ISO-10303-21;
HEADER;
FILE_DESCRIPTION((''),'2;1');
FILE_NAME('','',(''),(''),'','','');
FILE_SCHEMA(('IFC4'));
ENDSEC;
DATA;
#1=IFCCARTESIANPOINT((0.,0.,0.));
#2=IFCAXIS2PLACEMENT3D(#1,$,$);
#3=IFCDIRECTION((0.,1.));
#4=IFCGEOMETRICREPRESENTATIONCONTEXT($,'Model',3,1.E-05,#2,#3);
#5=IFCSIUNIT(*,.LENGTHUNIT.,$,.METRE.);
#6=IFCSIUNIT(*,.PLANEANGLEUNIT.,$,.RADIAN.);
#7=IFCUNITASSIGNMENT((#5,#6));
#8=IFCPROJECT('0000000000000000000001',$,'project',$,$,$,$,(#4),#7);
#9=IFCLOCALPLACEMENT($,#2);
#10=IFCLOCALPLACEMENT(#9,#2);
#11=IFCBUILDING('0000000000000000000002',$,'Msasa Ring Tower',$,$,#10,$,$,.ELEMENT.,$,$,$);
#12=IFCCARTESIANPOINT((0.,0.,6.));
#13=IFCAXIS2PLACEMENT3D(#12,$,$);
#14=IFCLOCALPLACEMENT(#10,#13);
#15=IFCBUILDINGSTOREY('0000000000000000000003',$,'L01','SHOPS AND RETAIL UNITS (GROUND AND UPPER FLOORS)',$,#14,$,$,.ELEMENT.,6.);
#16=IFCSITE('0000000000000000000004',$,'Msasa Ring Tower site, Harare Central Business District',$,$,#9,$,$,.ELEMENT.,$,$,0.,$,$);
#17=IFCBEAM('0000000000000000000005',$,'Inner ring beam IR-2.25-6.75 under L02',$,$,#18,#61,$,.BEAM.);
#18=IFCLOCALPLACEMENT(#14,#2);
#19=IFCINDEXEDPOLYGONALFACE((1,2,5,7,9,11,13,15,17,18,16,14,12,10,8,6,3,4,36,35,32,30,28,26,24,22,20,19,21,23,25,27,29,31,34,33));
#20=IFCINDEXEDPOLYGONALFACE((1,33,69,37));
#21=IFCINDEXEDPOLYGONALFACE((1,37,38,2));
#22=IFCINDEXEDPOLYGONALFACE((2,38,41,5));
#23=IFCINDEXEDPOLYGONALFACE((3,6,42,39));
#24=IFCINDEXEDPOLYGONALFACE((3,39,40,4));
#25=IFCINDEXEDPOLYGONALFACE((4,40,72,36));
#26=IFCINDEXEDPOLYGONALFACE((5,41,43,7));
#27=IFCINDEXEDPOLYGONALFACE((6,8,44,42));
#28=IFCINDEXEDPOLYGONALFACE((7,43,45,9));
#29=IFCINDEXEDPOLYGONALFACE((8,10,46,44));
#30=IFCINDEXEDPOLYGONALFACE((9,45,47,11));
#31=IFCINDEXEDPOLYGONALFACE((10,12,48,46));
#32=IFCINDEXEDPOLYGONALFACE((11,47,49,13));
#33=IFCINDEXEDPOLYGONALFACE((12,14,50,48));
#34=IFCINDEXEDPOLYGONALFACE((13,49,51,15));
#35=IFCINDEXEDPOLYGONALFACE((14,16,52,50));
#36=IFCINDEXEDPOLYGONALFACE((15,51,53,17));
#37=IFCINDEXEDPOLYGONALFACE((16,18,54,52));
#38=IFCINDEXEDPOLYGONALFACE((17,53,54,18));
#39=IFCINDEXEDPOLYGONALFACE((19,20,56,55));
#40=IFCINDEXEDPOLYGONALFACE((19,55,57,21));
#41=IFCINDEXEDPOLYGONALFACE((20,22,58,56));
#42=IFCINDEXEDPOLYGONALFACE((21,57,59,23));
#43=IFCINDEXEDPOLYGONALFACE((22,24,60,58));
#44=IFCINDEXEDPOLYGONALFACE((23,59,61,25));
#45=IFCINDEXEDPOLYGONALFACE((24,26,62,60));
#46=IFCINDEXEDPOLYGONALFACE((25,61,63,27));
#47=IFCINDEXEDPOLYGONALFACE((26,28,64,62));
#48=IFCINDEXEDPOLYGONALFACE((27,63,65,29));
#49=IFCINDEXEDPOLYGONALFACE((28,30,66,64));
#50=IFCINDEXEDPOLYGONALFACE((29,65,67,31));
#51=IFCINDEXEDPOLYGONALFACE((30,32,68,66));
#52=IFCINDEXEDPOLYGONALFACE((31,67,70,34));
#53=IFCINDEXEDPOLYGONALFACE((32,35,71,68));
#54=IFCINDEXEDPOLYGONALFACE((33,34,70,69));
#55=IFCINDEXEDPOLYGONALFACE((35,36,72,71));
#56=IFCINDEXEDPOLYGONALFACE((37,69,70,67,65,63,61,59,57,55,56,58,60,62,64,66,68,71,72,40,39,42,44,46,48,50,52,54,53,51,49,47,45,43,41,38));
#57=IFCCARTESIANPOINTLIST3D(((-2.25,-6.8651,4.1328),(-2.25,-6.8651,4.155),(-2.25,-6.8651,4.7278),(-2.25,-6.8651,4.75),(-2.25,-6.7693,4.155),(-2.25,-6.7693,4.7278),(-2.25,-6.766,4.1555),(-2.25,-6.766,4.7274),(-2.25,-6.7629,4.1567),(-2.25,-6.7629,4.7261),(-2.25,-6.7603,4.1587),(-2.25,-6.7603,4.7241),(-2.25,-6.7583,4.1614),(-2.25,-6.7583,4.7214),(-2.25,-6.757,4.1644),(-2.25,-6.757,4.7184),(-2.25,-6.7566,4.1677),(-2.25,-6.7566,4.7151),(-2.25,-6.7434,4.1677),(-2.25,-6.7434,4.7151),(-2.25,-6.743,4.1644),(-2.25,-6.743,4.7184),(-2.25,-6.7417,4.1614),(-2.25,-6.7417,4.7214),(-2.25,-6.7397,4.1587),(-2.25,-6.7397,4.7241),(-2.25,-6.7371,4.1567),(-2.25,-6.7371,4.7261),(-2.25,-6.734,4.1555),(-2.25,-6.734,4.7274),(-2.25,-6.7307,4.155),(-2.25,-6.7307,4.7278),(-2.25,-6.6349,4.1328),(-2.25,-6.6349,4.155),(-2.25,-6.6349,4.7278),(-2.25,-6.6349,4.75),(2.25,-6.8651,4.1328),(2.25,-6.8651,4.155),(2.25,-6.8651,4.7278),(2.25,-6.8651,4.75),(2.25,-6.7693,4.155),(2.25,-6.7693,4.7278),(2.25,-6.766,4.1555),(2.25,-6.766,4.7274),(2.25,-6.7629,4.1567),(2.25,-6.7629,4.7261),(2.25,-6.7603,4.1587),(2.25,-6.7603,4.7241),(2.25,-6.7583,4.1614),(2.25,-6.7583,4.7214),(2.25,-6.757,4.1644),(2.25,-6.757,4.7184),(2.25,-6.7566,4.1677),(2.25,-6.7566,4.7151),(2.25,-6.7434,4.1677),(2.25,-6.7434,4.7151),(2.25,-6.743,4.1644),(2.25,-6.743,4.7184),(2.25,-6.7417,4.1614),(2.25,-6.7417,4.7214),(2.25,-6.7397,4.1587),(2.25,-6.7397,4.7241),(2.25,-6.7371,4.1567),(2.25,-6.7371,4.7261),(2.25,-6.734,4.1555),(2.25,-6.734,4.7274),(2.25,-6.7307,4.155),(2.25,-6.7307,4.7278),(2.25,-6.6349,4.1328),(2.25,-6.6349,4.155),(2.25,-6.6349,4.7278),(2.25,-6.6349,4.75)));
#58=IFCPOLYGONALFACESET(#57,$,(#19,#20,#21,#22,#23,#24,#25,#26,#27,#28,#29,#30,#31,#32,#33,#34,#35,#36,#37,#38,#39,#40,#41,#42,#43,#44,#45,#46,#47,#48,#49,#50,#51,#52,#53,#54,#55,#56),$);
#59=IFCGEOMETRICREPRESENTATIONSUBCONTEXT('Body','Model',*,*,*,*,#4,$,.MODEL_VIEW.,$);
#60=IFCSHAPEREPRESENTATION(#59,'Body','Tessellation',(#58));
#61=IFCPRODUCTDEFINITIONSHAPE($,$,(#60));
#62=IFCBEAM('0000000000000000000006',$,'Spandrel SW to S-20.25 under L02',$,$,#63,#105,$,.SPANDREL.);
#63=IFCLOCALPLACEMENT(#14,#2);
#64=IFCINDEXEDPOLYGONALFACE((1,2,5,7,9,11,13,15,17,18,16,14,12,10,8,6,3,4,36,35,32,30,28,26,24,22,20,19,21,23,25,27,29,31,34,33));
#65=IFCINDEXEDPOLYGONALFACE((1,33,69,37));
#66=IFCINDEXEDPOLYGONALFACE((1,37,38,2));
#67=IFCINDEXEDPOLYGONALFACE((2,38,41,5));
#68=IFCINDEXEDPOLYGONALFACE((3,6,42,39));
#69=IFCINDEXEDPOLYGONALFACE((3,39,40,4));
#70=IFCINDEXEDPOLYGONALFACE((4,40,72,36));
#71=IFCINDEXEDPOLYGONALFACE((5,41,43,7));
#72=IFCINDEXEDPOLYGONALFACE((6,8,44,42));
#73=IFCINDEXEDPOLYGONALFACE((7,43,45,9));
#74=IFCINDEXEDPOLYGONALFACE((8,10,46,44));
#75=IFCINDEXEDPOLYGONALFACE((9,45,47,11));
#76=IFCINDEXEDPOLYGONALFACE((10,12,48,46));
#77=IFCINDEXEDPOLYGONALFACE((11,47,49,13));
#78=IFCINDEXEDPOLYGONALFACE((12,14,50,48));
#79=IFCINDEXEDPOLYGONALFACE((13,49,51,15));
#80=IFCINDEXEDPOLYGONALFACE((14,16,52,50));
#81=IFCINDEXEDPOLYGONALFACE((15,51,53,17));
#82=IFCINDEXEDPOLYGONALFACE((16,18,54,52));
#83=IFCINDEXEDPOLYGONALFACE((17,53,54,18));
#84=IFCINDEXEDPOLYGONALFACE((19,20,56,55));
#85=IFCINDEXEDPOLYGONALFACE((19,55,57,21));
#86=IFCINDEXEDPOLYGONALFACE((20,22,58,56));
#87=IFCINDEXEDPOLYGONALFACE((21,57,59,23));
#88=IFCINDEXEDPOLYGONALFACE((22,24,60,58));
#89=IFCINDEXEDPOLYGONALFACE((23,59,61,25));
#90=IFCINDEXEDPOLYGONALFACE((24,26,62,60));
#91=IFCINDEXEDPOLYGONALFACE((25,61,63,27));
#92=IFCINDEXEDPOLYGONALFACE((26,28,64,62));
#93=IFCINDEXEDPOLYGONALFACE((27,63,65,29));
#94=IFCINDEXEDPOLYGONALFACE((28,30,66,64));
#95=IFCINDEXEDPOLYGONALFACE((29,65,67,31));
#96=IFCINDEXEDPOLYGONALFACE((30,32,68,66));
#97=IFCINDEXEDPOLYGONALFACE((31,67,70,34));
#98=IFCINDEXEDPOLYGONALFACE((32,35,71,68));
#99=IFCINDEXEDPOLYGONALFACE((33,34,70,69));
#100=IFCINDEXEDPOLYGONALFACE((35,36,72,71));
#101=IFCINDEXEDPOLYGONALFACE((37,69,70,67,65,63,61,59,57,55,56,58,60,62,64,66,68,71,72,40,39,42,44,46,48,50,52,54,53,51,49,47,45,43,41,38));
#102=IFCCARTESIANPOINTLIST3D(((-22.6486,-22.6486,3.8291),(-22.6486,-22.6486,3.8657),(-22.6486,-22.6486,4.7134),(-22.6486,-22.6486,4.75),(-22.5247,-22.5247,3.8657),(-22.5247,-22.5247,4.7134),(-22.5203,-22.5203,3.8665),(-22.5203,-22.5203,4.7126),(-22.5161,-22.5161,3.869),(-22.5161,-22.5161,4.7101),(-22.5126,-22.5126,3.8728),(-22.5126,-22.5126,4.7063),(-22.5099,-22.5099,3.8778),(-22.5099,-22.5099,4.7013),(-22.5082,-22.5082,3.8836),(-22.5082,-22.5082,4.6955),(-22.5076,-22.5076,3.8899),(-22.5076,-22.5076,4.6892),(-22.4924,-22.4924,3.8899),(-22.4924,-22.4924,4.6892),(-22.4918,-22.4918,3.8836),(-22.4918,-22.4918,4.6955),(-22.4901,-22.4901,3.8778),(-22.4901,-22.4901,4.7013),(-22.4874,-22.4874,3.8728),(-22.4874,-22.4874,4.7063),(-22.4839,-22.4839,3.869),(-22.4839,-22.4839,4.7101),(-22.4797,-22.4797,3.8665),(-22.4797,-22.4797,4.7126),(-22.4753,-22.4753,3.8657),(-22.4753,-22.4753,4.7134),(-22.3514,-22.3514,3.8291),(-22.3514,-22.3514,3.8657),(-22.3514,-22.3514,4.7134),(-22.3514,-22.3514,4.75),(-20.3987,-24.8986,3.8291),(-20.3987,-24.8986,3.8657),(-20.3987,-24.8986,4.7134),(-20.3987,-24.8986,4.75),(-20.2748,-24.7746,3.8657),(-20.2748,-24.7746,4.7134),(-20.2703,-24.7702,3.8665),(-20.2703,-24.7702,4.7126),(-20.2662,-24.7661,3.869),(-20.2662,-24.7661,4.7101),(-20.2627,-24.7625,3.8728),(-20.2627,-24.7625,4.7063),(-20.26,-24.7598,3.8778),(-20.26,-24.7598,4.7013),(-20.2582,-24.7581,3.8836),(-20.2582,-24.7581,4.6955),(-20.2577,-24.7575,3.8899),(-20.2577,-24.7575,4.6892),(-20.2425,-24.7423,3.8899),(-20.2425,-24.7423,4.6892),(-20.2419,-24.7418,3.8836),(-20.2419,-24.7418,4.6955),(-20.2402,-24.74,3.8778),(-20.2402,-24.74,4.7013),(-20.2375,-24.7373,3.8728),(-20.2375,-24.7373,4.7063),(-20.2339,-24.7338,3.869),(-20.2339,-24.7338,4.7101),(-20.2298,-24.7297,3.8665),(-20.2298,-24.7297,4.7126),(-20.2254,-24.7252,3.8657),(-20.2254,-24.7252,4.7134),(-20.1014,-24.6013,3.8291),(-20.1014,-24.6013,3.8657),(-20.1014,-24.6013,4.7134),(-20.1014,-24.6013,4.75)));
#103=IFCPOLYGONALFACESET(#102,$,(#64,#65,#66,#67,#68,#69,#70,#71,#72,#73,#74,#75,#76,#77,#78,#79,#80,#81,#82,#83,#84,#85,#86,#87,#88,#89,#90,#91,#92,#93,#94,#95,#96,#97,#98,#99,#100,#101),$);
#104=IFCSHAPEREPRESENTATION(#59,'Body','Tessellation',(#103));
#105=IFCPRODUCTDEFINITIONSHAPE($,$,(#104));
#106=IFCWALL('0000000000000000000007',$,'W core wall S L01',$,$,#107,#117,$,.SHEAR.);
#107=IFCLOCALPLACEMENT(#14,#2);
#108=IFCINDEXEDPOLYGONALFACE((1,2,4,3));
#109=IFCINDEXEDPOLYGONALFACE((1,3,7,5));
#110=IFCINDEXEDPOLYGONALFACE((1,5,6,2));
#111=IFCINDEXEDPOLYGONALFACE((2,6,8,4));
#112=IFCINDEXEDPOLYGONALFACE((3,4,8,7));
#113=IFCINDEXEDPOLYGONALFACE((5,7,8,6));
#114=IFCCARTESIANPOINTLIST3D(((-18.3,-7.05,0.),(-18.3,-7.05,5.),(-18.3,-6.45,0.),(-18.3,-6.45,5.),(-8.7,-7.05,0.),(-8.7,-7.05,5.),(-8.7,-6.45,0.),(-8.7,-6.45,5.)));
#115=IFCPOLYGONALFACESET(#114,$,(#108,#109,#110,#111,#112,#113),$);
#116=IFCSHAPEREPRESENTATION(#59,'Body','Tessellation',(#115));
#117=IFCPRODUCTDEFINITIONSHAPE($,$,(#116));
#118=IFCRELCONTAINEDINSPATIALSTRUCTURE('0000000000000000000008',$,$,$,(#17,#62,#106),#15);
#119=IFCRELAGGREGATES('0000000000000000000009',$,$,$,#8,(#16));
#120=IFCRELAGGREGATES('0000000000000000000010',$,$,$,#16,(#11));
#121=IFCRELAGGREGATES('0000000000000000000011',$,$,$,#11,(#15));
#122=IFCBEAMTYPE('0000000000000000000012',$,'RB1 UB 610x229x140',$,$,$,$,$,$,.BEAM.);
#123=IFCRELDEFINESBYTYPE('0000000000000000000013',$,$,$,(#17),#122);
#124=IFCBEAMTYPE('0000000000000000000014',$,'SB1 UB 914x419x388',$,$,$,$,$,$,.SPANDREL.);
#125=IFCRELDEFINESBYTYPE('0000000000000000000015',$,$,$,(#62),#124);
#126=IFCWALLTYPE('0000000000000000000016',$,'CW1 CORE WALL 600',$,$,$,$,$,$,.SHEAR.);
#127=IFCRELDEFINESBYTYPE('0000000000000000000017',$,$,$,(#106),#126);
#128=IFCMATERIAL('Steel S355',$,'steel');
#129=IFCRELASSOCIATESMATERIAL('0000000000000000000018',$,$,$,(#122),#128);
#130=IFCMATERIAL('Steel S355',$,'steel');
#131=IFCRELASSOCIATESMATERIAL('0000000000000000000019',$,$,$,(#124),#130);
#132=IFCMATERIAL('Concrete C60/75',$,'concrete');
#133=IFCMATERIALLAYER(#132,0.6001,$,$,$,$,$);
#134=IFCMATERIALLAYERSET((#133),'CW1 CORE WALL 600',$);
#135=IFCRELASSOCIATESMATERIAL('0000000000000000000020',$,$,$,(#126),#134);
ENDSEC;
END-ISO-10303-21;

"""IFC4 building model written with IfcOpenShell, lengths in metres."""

from ifc_helpers import new_model, si_unit, direction, frame, frame_2d, origin, origin_2d, place, context, subcontext, project, spatial, rectangle, i_section, extrude, material, layer, layer_set, material_profile, profile_set, type_object, element, save


model = new_model("IFC4")

# Units and contexts
model_context = context("Model", 3, precision=1e-05, world=origin(), true_north=direction((0.0, 1.0)))
body_context = subcontext(model_context, "Body", "Model", "MODEL_VIEW")
ifc_project = project(units=[si_unit("LENGTHUNIT", "METRE"), si_unit("PLANEANGLEUNIT", "RADIAN")], contexts=[model_context])

# Site, building, storey
site_placement = place(None, origin())
site = spatial("IfcSite", under=ifc_project, at=site_placement, Name="Msasa Ring Tower site, Harare Central Business District", CompositionType="ELEMENT", RefElevation=0.0)
building_placement = place(site_placement, origin())
building = spatial("IfcBuilding", under=site, at=building_placement, Name="Msasa Ring Tower", CompositionType="ELEMENT")
storey_placement = place(building_placement, frame((0.0, 0.0, 6.0)))
storey = spatial("IfcBuildingStorey", under=building, at=storey_placement, Name="L01", Description="SHOPS AND RETAIL UNITS (GROUND AND UPPER FLOORS)", CompositionType="ELEMENT", Elevation=6.0)

# Beams
ifc_material_1 = material(Name="Steel S355", Category="steel")
ifc_material_profile_1 = material_profile(ifc_material_1, i_section(OverallWidth=0.2302, OverallDepth=0.6172, WebThickness=0.0132, FlangeThickness=0.0222, FilletRadius=0.0127, at=origin_2d()), Name="UB 610x229x140")
ifc_profile_set_1 = profile_set([ifc_material_profile_1], Name="Steel S355")
beam_type_1 = type_object("IfcBeamType", Name="RB1 UB 610x229x140", PredefinedType="BEAM", material=ifc_profile_set_1)
for number, where, z_axis, x_axis, name in (
    (1, (-2.25, -6.75, 4.4414), (1.0, 0.0, 0.0), (0.0, 1.0, 0.0), "Inner ring beam IR-2.25-6.75 under L02"),
):
    element("IfcBeam", number, at=place(storey_placement, frame(where, z_axis=z_axis, x_axis=x_axis)), inside=storey, type_object=beam_type_1, Name=name, PredefinedType="BEAM", context=body_context, shape_type="SweptSolid", body=[
        extrude(i_section(OverallWidth=0.2302, OverallDepth=0.6172, WebThickness=0.0132, FlangeThickness=0.0222, FilletRadius=0.0127, at=origin_2d()), origin(), (0.0, 0.0, 1.0), 4.5),
    ])
ifc_material_2 = material(Name="Steel S355", Category="steel")
ifc_material_profile_2 = material_profile(ifc_material_2, i_section(OverallWidth=0.4204, OverallDepth=0.9209, WebThickness=0.0215, FlangeThickness=0.0366, FilletRadius=0.0242, at=origin_2d()), Name="UB 914x419x388")
ifc_profile_set_2 = profile_set([ifc_material_profile_2], Name="Steel S355")
beam_type_2 = type_object("IfcBeamType", Name="SB1 UB 914x419x388", PredefinedType="SPANDREL", material=ifc_profile_set_2)
beam_1_placement = place(storey_placement, frame((-22.5, -22.5, 4.2896), z_axis=(0.707107, -0.707107, 0.0), x_axis=(0.707107, 0.707107, 0.0)))
element("IfcBeam", 2, at=beam_1_placement, inside=storey, type_object=beam_type_2, Name="Spandrel SW to S-20.25 under L02", PredefinedType="SPANDREL", context=body_context, shape_type="SweptSolid", body=[
    extrude(i_section(OverallWidth=0.4204, OverallDepth=0.9209, WebThickness=0.0215, FlangeThickness=0.0366, FilletRadius=0.0242, at=origin_2d()), origin(), (0.0, 0.0, 1.0), 3.1819),
])

# Wall
ifc_material_3 = material(Name="Concrete C60/75", Category="concrete")
ifc_layer_1 = layer(ifc_material_3, 0.6001)
ifc_layer_set_1 = layer_set([ifc_layer_1], Name="CW1 CORE WALL 600")
wall_type_1 = type_object("IfcWallType", Name="CW1 CORE WALL 600", PredefinedType="SHEAR", material=ifc_layer_set_1)
wall_1_placement = place(storey_placement, frame((-8.7, -6.75, 0.0), z_axis=(0.0, 0.0, 1.0), x_axis=(-1.0, 0.0, 0.0)))
element("IfcWall", 3, at=wall_1_placement, inside=storey, type_object=wall_type_1, Name="W core wall S L01", PredefinedType="SHEAR", context=body_context, shape_type="SweptSolid", body=[
    extrude(rectangle(XDim=9.6001, YDim=0.6001, at=frame_2d((4.8, 0.0))), origin(), (0.0, 0.0, 1.0), 5.0),
])

save(model, "model.ifc")
